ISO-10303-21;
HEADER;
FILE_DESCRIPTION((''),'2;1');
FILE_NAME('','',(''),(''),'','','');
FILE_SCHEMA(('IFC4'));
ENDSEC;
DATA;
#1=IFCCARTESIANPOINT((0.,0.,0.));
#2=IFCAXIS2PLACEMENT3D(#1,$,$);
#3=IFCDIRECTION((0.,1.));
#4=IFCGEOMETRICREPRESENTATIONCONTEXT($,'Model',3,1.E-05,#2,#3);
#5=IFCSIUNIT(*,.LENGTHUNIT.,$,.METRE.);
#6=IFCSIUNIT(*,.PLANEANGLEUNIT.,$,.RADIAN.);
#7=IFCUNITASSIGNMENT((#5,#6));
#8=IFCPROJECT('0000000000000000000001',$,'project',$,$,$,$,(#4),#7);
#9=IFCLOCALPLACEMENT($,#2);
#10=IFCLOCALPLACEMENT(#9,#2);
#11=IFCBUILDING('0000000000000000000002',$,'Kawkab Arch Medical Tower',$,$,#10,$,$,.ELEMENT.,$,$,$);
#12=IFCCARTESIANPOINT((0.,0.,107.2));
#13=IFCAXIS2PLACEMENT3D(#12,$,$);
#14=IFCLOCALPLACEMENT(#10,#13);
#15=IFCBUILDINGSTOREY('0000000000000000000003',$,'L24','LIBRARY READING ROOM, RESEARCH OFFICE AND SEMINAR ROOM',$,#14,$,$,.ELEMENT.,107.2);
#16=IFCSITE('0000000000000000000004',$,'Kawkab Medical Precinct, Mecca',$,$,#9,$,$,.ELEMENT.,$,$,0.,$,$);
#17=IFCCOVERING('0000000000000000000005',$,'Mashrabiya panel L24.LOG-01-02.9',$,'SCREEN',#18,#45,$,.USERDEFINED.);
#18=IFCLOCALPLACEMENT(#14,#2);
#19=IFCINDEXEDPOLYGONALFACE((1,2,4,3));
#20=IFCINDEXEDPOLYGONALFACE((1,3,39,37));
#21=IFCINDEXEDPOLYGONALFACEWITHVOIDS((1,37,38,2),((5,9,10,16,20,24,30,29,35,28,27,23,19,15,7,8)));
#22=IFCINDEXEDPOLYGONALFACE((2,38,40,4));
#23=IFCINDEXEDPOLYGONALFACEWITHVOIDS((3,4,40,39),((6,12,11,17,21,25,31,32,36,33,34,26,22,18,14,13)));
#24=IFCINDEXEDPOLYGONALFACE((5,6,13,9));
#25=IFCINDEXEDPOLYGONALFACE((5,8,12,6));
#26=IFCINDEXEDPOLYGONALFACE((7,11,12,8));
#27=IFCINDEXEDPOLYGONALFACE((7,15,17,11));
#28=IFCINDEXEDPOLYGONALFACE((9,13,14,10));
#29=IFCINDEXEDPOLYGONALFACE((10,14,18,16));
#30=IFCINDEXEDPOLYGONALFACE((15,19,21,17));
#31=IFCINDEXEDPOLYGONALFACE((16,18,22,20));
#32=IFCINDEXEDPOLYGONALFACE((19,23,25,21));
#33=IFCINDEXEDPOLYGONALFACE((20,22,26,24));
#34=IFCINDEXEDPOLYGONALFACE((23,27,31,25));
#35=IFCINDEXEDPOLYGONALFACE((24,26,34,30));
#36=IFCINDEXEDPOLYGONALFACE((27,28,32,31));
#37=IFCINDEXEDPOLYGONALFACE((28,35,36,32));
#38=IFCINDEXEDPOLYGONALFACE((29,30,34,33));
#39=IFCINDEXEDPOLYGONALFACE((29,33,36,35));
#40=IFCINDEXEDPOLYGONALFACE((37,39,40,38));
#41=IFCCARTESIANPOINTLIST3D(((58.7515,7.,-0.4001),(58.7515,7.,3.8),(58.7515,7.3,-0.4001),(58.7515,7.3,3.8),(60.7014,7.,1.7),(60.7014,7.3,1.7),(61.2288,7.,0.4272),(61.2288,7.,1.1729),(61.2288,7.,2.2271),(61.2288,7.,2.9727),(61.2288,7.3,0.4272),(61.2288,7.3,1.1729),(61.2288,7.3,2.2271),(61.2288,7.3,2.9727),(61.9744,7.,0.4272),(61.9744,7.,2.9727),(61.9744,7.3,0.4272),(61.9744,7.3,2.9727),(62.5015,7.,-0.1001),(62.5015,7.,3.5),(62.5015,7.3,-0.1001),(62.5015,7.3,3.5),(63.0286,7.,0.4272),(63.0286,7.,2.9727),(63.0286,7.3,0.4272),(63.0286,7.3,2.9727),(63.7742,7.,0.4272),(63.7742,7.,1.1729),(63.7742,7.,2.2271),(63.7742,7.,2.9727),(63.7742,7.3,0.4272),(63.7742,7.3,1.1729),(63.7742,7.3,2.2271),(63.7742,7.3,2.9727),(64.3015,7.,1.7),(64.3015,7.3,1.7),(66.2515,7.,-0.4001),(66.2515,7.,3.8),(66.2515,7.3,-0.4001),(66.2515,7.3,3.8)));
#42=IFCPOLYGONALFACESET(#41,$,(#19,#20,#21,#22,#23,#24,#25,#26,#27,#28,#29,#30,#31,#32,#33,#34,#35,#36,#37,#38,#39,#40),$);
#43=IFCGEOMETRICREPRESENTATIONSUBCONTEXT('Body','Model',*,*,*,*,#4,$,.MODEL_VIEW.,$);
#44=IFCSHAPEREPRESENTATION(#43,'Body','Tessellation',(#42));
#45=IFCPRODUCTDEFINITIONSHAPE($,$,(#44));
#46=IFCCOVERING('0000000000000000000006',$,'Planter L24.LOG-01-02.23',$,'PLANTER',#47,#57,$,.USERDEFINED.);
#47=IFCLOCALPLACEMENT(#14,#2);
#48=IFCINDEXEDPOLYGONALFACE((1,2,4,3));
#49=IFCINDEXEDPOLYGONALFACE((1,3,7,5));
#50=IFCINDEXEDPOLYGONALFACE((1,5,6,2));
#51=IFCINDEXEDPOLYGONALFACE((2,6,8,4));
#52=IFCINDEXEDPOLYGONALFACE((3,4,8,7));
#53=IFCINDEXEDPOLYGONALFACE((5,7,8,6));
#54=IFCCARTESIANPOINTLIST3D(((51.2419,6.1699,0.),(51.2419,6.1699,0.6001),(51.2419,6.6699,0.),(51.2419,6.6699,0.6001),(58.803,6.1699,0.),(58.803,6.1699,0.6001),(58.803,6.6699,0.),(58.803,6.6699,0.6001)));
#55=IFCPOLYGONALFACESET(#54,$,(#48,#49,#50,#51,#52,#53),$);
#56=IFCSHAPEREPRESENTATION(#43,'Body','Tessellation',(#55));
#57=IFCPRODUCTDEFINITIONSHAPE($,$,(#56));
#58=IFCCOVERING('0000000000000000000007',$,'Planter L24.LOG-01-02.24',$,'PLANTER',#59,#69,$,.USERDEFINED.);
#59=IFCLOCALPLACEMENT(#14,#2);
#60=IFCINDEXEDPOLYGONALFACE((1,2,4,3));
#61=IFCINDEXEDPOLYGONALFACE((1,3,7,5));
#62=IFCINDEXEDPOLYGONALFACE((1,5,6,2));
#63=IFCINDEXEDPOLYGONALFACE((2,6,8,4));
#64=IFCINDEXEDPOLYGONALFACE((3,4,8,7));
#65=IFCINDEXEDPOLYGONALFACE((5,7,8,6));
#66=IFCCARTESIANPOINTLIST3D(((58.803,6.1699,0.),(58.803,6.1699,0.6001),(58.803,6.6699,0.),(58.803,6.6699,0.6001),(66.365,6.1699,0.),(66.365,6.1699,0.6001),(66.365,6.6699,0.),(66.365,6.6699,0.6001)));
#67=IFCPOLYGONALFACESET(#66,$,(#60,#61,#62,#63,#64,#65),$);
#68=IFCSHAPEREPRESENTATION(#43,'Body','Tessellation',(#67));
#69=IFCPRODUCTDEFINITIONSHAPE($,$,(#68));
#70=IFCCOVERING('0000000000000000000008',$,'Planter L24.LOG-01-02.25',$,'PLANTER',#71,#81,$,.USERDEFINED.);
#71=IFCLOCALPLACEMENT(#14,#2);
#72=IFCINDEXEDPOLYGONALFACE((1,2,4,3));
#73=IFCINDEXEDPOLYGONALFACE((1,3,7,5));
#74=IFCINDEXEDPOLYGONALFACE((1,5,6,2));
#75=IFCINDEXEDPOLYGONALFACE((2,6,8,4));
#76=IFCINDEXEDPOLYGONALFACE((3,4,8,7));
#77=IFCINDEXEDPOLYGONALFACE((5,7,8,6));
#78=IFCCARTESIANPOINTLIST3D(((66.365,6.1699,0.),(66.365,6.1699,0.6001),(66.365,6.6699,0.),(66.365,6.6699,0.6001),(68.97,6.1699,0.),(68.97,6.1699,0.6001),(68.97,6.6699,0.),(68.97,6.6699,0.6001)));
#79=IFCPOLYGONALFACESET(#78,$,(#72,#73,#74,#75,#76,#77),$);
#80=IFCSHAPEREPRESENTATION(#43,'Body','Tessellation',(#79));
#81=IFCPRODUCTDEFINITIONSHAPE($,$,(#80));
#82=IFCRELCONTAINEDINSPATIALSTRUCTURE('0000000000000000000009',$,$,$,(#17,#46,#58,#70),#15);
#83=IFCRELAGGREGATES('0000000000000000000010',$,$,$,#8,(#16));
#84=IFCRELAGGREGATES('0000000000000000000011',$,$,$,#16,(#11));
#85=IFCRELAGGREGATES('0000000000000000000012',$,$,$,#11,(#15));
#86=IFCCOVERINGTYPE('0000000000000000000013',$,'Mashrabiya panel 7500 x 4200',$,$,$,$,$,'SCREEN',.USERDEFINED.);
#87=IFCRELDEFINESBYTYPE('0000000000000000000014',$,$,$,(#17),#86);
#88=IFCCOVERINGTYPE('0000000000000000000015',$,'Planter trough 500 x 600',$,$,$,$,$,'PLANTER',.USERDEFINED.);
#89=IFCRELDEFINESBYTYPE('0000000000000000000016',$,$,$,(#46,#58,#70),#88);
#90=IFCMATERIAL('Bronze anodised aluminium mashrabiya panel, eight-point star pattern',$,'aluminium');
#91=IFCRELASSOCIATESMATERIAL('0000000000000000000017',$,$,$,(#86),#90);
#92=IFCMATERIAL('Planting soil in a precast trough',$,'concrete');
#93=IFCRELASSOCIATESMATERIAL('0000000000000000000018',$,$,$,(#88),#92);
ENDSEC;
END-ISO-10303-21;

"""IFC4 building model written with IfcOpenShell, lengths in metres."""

from ifc_helpers import new_model, si_unit, direction, frame, origin, origin_2d, place, context, subcontext, project, spatial, polyline, rectangle, outline, extrude, material, material_profile, profile_set, type_object, element, save


model = new_model("IFC4")

# Units and contexts
model_context = context("Model", 3, precision=1e-05, world=origin(), true_north=direction((0.0, 1.0)))
body_context = subcontext(model_context, "Body", "Model", "MODEL_VIEW")
ifc_project = project(units=[si_unit("LENGTHUNIT", "METRE"), si_unit("PLANEANGLEUNIT", "RADIAN")], contexts=[model_context])

# Site, building, storey
site_placement = place(None, origin())
site = spatial("IfcSite", under=ifc_project, at=site_placement, Name="Kawkab Medical Precinct, Mecca", CompositionType="ELEMENT", RefElevation=0.0)
building_placement = place(site_placement, origin())
building = spatial("IfcBuilding", under=site, at=building_placement, Name="Kawkab Arch Medical Tower", CompositionType="ELEMENT")
storey_placement = place(building_placement, frame((0.0, 0.0, 107.2)))
storey = spatial("IfcBuildingStorey", under=building, at=storey_placement, Name="L24", Description="LIBRARY READING ROOM, RESEARCH OFFICE AND SEMINAR ROOM", CompositionType="ELEMENT", Elevation=107.2)

# Coverings
ifc_material_1 = material(Name="Bronze anodised aluminium mashrabiya panel, eight-point star pattern", Category="aluminium")
ifc_material_profile_1 = material_profile(ifc_material_1, outline(polyline([(-3.75, -2.1001), (3.75, -2.1001), (3.75, 2.1001), (-3.75, 2.1001), (-3.75, -2.1001)]), holes=[polyline([(1.8, 0.0), (1.2727, 0.5271), (1.2727, 1.2727), (0.5271, 1.2727), (0.0, 1.8), (-0.5271, 1.2727), (-1.2727, 1.2727), (-1.2727, 0.5271), (-1.8, 0.0), (-1.2727, -0.5271), (-1.2727, -1.2727), (-0.5271, -1.2727), (0.0, -1.8), (0.5271, -1.2727), (1.2727, -1.2727), (1.2727, -0.5271), (1.8, 0.0)])]), Name="Mashrabiya panel 7500x4200")
ifc_profile_set_1 = profile_set([ifc_material_profile_1], Name="Bronze anodised aluminium mashrabiya panel, eight-point star pattern")
covering_type_1 = type_object("IfcCoveringType", Name="Mashrabiya panel 7500 x 4200", ElementType="SCREEN", PredefinedType="USERDEFINED", material=ifc_profile_set_1)
covering_1_placement = place(storey_placement, frame((62.5015, 7.0, 1.7), z_axis=(0.0, 1.0, 0.0), x_axis=(-1.0, 0.0, 0.0)))
element("IfcCovering", 1, at=covering_1_placement, inside=storey, type_object=covering_type_1, Name="Mashrabiya panel L24.LOG-01-02.9", ObjectType="SCREEN", PredefinedType="USERDEFINED", context=body_context, shape_type="SweptSolid", body=[
    extrude(outline(polyline([(-3.75, -2.1001), (3.75, -2.1001), (3.75, 2.1001), (-3.75, 2.1001), (-3.75, -2.1001)]), holes=[polyline([(1.8, 0.0), (1.2727, 0.5271), (1.2727, 1.2727), (0.5271, 1.2727), (0.0, 1.8), (-0.5271, 1.2727), (-1.2727, 1.2727), (-1.2727, 0.5271), (-1.8, 0.0), (-1.2727, -0.5271), (-1.2727, -1.2727), (-0.5271, -1.2727), (0.0, -1.8), (0.5271, -1.2727), (1.2727, -1.2727), (1.2727, -0.5271), (1.8, 0.0)])]), origin(), (0.0, 0.0, 1.0), 0.3),
])
ifc_material_2 = material(Name="Planting soil in a precast trough", Category="concrete")
ifc_material_profile_2 = material_profile(ifc_material_2, rectangle(XDim=0.5, YDim=0.6001, at=origin_2d()), Name="Trough 500x600")
ifc_profile_set_2 = profile_set([ifc_material_profile_2], Name="Planting soil in a precast trough")
covering_type_2 = type_object("IfcCoveringType", Name="Planter trough 500 x 600", ElementType="PLANTER", PredefinedType="USERDEFINED", material=ifc_profile_set_2)
covering_2_placement = place(storey_placement, frame((51.2419, 6.4199, 0.3), z_axis=(1.0, 0.0, 0.0), x_axis=(0.0, 1.0, 0.0)))
element("IfcCovering", 2, at=covering_2_placement, inside=storey, type_object=covering_type_2, Name="Planter L24.LOG-01-02.23", ObjectType="PLANTER", PredefinedType="USERDEFINED", context=body_context, shape_type="SweptSolid", body=[
    extrude(rectangle(XDim=0.5, YDim=0.6001, at=origin_2d()), origin(), (0.0, 0.0, 1.0), 7.561),
])
covering_3_placement = place(storey_placement, frame((58.803, 6.4199, 0.3), z_axis=(1.0, 0.0, 0.0), x_axis=(0.0, 1.0, 0.0)))
element("IfcCovering", 3, at=covering_3_placement, inside=storey, type_object=covering_type_2, Name="Planter L24.LOG-01-02.24", ObjectType="PLANTER", PredefinedType="USERDEFINED", context=body_context, shape_type="SweptSolid", body=[
    extrude(rectangle(XDim=0.5, YDim=0.6001, at=origin_2d()), origin(), (0.0, 0.0, 1.0), 7.562),
])
covering_4_placement = place(storey_placement, frame((66.365, 6.4199, 0.3), z_axis=(1.0, 0.0, 0.0), x_axis=(0.0, 1.0, 0.0)))
element("IfcCovering", 4, at=covering_4_placement, inside=storey, type_object=covering_type_2, Name="Planter L24.LOG-01-02.25", ObjectType="PLANTER", PredefinedType="USERDEFINED", context=body_context, shape_type="SweptSolid", body=[
    extrude(rectangle(XDim=0.5, YDim=0.6001, at=origin_2d()), origin(), (0.0, 0.0, 1.0), 2.605),
])

save(model, "model.ifc")
